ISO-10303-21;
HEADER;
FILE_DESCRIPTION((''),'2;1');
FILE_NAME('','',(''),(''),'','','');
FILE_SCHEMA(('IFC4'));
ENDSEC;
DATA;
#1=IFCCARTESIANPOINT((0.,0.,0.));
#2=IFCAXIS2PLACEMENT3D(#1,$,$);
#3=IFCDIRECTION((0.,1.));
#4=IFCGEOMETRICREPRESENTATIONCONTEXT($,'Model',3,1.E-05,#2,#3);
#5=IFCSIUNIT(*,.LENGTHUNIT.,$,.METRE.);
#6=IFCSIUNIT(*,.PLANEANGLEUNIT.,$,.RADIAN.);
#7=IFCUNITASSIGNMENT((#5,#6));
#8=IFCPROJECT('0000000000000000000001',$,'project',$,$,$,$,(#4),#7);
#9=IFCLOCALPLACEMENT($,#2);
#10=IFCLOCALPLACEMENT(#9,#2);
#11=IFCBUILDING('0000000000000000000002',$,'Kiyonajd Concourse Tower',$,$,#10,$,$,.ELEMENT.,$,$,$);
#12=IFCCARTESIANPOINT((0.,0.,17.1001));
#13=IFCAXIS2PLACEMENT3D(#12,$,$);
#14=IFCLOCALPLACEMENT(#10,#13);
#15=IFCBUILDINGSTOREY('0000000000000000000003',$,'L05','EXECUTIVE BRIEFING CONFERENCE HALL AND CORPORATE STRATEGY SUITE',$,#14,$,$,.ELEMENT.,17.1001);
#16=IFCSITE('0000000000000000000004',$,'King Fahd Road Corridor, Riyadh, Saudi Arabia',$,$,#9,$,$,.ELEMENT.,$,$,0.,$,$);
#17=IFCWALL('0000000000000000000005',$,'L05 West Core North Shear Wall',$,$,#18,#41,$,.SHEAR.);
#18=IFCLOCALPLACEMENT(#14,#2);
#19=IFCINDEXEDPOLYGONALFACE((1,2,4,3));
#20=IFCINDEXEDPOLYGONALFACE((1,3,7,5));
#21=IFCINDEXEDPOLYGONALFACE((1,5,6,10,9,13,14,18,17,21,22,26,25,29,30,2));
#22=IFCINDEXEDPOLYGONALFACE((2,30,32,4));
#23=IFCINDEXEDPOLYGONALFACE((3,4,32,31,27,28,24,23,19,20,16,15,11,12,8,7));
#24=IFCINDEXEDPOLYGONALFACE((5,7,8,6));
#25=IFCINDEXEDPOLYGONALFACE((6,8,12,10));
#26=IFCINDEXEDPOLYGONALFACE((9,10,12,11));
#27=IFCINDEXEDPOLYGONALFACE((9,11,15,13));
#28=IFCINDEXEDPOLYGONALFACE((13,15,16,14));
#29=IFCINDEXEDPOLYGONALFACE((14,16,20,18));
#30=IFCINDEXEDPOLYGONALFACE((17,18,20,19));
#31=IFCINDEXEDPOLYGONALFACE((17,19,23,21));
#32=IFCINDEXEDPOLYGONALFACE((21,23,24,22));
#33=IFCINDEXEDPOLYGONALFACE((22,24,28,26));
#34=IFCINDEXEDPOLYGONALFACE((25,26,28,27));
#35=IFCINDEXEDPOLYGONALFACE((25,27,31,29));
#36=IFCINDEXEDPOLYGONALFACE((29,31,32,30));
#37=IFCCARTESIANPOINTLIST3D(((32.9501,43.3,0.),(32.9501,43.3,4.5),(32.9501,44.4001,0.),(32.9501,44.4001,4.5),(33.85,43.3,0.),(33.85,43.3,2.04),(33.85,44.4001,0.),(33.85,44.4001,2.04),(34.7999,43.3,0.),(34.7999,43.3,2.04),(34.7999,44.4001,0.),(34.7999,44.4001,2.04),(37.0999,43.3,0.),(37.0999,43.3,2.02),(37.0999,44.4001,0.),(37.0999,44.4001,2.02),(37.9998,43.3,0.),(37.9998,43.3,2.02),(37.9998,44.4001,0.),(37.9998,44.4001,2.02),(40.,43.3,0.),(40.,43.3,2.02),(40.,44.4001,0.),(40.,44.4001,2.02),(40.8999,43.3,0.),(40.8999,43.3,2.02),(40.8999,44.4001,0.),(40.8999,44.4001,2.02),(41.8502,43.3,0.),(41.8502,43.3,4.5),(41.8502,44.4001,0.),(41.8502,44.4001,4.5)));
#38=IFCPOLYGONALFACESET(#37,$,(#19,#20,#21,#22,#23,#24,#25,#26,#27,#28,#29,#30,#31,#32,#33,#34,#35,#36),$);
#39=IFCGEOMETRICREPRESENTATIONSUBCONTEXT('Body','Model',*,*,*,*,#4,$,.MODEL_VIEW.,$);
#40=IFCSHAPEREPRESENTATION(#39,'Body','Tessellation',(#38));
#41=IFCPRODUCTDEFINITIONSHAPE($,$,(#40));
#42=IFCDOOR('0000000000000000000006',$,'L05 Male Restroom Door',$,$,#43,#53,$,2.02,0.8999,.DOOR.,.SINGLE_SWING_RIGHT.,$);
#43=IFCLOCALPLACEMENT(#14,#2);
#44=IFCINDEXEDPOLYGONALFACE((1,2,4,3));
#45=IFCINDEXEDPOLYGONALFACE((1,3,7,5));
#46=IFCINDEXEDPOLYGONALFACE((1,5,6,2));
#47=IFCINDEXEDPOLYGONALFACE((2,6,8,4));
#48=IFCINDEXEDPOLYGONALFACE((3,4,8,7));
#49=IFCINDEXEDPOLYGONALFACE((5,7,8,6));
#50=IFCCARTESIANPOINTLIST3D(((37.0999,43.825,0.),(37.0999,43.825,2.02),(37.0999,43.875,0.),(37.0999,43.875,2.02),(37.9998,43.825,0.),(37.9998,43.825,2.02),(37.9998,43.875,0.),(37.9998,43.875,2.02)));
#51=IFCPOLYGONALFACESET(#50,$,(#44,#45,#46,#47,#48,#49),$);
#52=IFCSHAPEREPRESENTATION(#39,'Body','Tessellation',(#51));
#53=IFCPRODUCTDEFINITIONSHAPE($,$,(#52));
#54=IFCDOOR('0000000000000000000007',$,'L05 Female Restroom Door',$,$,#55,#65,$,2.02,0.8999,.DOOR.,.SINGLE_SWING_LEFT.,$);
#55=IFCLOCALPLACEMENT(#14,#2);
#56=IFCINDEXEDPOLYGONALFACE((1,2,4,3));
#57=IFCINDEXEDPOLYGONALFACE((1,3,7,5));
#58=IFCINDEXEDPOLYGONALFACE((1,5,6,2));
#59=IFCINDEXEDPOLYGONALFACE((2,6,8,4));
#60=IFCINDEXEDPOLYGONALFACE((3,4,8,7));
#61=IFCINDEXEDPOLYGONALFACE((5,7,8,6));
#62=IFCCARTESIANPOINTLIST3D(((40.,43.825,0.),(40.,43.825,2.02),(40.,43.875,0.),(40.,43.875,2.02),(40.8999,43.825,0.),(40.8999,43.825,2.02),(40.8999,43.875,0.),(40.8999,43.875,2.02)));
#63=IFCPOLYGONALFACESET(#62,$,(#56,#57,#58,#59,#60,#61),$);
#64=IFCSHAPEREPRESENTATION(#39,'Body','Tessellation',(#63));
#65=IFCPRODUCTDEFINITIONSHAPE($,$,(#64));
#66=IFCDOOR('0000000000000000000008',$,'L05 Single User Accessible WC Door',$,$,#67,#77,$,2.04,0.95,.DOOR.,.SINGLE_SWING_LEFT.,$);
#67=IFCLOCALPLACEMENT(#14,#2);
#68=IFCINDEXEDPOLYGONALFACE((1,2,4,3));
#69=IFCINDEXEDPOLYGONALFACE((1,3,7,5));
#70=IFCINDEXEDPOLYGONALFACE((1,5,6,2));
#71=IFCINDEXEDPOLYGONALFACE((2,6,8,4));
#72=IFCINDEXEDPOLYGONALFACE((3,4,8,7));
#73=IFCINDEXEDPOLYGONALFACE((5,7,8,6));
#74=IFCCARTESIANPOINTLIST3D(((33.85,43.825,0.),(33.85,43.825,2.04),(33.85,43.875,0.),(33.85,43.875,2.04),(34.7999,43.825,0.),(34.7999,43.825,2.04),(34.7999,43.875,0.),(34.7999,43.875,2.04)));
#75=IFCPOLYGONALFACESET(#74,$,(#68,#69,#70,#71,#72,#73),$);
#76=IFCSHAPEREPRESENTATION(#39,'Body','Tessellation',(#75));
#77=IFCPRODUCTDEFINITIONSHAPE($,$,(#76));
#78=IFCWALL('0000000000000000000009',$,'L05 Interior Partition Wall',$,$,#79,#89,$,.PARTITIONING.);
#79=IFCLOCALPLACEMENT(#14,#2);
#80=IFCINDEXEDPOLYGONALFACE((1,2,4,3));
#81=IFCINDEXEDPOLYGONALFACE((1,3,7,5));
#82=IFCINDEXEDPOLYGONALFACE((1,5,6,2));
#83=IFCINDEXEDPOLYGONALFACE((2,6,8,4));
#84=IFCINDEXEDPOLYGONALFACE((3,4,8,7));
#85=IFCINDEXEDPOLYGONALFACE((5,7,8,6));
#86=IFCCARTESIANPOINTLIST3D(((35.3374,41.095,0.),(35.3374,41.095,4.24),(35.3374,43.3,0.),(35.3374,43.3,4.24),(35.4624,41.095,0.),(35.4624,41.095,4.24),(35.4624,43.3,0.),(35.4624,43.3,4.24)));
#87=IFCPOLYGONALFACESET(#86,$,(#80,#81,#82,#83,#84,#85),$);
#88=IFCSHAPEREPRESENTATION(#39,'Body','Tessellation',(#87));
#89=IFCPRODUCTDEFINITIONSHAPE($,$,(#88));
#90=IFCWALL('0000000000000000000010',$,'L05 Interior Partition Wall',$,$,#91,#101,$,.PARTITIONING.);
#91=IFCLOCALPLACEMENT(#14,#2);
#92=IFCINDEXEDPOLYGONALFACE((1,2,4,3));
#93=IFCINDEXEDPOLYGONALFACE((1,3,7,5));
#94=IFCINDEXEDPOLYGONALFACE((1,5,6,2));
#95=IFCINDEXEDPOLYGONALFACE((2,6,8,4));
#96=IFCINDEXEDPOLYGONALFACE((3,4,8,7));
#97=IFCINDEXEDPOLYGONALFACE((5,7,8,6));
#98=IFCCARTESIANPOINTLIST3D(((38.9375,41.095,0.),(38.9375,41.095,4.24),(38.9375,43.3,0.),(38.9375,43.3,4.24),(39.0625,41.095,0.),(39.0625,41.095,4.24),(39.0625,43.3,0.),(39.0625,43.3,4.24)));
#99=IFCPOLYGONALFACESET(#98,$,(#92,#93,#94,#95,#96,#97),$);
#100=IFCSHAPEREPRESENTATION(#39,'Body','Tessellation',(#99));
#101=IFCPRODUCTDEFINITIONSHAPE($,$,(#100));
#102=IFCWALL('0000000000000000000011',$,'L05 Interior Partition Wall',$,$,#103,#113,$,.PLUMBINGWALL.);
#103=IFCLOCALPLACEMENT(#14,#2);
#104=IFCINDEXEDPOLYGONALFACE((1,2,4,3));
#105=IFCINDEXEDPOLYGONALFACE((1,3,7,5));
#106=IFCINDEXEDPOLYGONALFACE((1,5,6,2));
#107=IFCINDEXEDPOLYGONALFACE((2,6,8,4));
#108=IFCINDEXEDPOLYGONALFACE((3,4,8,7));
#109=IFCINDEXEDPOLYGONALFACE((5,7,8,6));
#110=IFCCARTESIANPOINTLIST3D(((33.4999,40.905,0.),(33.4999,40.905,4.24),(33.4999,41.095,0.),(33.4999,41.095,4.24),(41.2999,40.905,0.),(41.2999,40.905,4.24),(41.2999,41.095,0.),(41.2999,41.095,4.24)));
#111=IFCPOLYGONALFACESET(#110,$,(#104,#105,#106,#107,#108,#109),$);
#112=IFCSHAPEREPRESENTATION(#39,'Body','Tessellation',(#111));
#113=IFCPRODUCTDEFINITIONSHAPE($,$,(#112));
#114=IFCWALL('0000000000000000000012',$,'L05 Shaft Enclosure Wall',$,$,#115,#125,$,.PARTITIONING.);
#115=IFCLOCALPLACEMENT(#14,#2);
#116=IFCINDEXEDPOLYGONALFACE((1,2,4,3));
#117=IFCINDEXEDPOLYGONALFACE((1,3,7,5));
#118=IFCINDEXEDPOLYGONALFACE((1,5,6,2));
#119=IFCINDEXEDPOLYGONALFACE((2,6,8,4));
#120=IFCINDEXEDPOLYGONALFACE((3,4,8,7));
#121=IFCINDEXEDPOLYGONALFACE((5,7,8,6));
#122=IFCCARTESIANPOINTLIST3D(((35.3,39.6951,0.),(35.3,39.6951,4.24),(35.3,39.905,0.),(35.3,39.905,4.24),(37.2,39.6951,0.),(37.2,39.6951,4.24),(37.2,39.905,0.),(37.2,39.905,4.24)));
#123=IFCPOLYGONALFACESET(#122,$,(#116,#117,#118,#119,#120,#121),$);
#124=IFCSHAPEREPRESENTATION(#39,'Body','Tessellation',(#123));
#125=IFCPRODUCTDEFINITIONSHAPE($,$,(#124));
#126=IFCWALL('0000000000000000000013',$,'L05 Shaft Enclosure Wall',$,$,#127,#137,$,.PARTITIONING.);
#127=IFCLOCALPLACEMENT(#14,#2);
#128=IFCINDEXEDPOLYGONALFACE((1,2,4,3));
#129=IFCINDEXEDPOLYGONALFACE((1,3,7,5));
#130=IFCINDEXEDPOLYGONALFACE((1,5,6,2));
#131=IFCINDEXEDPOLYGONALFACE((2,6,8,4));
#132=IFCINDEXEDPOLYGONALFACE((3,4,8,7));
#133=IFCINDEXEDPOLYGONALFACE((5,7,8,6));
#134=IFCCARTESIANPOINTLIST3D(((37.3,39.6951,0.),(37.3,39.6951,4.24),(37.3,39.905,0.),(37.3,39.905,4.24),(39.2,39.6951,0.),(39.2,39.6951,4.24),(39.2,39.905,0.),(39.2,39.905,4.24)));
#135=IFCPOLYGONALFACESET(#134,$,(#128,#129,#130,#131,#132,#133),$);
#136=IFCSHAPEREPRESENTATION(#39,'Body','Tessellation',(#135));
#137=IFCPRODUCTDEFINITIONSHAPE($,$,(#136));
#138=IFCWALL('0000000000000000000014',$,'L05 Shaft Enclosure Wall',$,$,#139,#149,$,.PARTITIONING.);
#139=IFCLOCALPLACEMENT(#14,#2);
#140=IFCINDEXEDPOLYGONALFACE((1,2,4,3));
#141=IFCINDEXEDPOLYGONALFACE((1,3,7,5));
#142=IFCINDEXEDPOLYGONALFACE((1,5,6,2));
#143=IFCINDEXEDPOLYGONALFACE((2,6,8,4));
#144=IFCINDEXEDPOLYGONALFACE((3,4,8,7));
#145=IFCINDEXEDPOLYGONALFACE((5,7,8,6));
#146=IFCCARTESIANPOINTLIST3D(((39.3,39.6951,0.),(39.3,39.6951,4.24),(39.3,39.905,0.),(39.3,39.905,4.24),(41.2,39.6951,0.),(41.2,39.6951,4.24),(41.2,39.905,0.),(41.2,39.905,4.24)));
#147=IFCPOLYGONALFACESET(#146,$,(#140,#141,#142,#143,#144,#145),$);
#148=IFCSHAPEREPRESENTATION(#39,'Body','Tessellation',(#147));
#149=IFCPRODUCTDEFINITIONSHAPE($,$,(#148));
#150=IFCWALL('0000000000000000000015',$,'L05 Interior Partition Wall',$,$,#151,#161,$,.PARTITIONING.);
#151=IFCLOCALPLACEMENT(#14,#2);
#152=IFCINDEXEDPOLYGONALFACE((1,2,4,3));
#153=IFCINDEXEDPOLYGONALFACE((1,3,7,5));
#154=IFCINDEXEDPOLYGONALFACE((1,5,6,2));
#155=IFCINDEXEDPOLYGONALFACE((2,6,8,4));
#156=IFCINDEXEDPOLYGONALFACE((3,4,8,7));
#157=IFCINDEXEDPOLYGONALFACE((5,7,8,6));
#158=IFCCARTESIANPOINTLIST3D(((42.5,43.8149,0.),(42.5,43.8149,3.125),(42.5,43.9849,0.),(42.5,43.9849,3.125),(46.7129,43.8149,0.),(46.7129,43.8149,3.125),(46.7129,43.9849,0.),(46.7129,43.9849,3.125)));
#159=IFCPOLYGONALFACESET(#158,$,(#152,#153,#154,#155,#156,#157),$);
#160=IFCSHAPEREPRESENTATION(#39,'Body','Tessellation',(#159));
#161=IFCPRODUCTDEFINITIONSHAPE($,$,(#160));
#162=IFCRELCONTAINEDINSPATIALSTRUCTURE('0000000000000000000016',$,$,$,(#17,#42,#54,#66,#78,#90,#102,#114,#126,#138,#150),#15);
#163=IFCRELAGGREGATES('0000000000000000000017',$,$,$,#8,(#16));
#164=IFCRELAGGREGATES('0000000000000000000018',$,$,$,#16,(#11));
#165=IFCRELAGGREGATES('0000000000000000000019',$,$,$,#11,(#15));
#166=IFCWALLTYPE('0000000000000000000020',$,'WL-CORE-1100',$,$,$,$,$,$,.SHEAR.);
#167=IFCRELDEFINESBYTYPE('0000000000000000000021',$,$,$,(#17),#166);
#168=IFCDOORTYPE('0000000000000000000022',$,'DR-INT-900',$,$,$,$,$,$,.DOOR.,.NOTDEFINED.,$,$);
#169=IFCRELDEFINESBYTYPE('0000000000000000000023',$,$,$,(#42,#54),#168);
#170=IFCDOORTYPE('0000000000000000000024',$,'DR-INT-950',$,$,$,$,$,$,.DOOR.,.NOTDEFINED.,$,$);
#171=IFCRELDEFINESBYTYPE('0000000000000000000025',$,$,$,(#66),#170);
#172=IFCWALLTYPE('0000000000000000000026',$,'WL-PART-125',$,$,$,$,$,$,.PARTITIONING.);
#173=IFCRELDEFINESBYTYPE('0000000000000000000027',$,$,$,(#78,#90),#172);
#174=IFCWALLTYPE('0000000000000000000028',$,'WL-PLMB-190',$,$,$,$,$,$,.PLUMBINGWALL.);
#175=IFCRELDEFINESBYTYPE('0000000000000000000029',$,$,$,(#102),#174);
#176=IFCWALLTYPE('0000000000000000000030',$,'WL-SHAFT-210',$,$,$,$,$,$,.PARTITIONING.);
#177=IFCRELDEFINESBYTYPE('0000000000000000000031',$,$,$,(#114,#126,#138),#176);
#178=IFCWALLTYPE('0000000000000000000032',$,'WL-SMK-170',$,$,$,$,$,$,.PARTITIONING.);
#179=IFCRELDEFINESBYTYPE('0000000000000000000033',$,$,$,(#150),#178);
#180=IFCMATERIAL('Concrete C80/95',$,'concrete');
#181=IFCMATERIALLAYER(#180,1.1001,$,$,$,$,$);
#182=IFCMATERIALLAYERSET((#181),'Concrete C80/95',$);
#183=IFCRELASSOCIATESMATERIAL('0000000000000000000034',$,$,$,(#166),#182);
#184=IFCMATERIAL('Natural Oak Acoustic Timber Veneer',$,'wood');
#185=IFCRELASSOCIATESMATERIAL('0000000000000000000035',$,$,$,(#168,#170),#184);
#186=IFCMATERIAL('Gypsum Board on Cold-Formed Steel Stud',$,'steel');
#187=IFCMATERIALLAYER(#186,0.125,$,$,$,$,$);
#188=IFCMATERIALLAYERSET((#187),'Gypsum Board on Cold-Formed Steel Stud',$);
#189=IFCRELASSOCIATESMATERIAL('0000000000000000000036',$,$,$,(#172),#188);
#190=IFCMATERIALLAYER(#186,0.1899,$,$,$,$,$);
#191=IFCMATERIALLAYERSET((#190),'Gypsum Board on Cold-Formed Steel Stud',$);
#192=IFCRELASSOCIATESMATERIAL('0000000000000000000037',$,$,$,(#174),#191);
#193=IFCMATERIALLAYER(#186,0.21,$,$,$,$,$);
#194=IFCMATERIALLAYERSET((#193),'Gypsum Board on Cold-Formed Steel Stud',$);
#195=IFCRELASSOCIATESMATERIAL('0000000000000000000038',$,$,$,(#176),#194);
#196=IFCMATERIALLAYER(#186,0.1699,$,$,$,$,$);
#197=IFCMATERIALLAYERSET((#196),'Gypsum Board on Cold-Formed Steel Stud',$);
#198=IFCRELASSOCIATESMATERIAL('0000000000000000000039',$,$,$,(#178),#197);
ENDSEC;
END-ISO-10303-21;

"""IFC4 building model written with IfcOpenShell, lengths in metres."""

from ifc_helpers import new_model, si_unit, direction, frame, frame_2d, origin, place, context, subcontext, project, spatial, rectangle, extrude, material, layer, layer_set, type_object, element, fill, save


model = new_model("IFC4")

# Units and contexts
model_context = context("Model", 3, precision=1e-05, world=origin(), true_north=direction((0.0, 1.0)))
body_context = subcontext(model_context, "Body", "Model", "MODEL_VIEW")
ifc_project = project(units=[si_unit("LENGTHUNIT", "METRE"), si_unit("PLANEANGLEUNIT", "RADIAN")], contexts=[model_context])

# Site, building, storey
site_placement = place(None, origin())
site = spatial("IfcSite", under=ifc_project, at=site_placement, Name="King Fahd Road Corridor, Riyadh, Saudi Arabia", CompositionType="ELEMENT", RefElevation=0.0)
building_placement = place(site_placement, origin())
building = spatial("IfcBuilding", under=site, at=building_placement, Name="Kiyonajd Concourse Tower", CompositionType="ELEMENT")
storey_placement = place(building_placement, frame((0.0, 0.0, 17.1001)))
storey = spatial("IfcBuildingStorey", under=building, at=storey_placement, Name="L05", Description="EXECUTIVE BRIEFING CONFERENCE HALL AND CORPORATE STRATEGY SUITE", CompositionType="ELEMENT", Elevation=17.1001)

# Shared definitions
ifc_material_1 = material(Name="Concrete C80/95", Category="concrete")

# Wall, openings, doors
ifc_layer_1 = layer(ifc_material_1, 1.1001)
ifc_layer_set_1 = layer_set([ifc_layer_1], Name="Concrete C80/95")
wall_type_1 = type_object("IfcWallType", Name="WL-CORE-1100", PredefinedType="SHEAR", material=ifc_layer_set_1)
wall_1_placement = place(storey_placement, frame((32.95, 43.8501, 0.0), z_axis=(0.0, 0.0, 1.0), x_axis=(1.0, 0.0, 0.0)))
wall_1 = element("IfcWall", 1, at=wall_1_placement, inside=storey, type_object=wall_type_1, Name="L05 West Core North Shear Wall", PredefinedType="SHEAR", context=body_context, shape_type="SweptSolid", body=[
    extrude(rectangle(XDim=8.9001, YDim=1.1001, at=frame_2d((4.4502, 0.0))), origin(), (0.0, 0.0, 1.0), 4.5),
])
opening_1_placement = place(wall_1_placement, frame((0.8999, 0.0, 0.0)))
opening_1 = element("IfcOpeningElement", 2, at=opening_1_placement, cuts=wall_1, PredefinedType="OPENING", context=body_context, shape_type="SweptSolid", body=[
    extrude(rectangle(XDim=0.95, YDim=2.04, at=frame_2d((0.4751, 1.02))), frame((0.0, 0.5601, 0.0), z_axis=(0.0, -1.0, 0.0), x_axis=(1.0, 0.0, 0.0)), (0.0, 0.0, 1.0), 1.1201),
])
opening_2_placement = place(wall_1_placement, frame((4.1499, 0.0, 0.0)))
opening_2 = element("IfcOpeningElement", 3, at=opening_2_placement, cuts=wall_1, PredefinedType="OPENING", context=body_context, shape_type="SweptSolid", body=[
    extrude(rectangle(XDim=0.8999, YDim=2.02, at=frame_2d((0.45, 1.01))), frame((0.0, 0.5601, 0.0), z_axis=(0.0, -1.0, 0.0), x_axis=(1.0, 0.0, 0.0)), (0.0, 0.0, 1.0), 1.1201),
])
opening_3_placement = place(wall_1_placement, frame((7.05, 0.0, 0.0)))
opening_3 = element("IfcOpeningElement", 4, at=opening_3_placement, cuts=wall_1, PredefinedType="OPENING", context=body_context, shape_type="SweptSolid", body=[
    extrude(rectangle(XDim=0.8999, YDim=2.02, at=frame_2d((0.45, 1.01))), frame((0.0, 0.5601, 0.0), z_axis=(0.0, -1.0, 0.0), x_axis=(1.0, 0.0, 0.0)), (0.0, 0.0, 1.0), 1.1201),
])
ifc_material_2 = material(Name="Natural Oak Acoustic Timber Veneer", Category="wood")
door_type_1 = type_object("IfcDoorType", Name="DR-INT-900", OperationType="NOTDEFINED", PredefinedType="DOOR", material=ifc_material_2)
door_1_placement = place(opening_2_placement, origin())
door_1 = element("IfcDoor", 5, at=door_1_placement, inside=storey, type_object=door_type_1, Name="L05 Male Restroom Door", OperationType="SINGLE_SWING_RIGHT", OverallHeight=2.02, OverallWidth=0.8999, PredefinedType="DOOR", context=body_context, shape_type="SweptSolid", body=[
    extrude(rectangle(XDim=0.8999, YDim=2.02, at=frame_2d((0.45, 1.01))), frame((0.0, 0.0249, 0.0), z_axis=(0.0, -1.0, 0.0), x_axis=(1.0, 0.0, 0.0)), (0.0, 0.0, 1.0), 0.05),
])
fill(opening_2, door_1)
door_2_placement = place(opening_3_placement, origin())
door_2 = element("IfcDoor", 6, at=door_2_placement, inside=storey, type_object=door_type_1, Name="L05 Female Restroom Door", OperationType="SINGLE_SWING_LEFT", OverallHeight=2.02, OverallWidth=0.8999, PredefinedType="DOOR", context=body_context, shape_type="SweptSolid", body=[
    extrude(rectangle(XDim=0.8999, YDim=2.02, at=frame_2d((0.45, 1.01))), frame((0.0, 0.0249, 0.0), z_axis=(0.0, -1.0, 0.0), x_axis=(1.0, 0.0, 0.0)), (0.0, 0.0, 1.0), 0.05),
])
fill(opening_3, door_2)
door_type_2 = type_object("IfcDoorType", Name="DR-INT-950", OperationType="NOTDEFINED", PredefinedType="DOOR", material=ifc_material_2)
door_3_placement = place(opening_1_placement, origin())
door_3 = element("IfcDoor", 7, at=door_3_placement, inside=storey, type_object=door_type_2, Name="L05 Single User Accessible WC Door", OperationType="SINGLE_SWING_LEFT", OverallHeight=2.04, OverallWidth=0.95, PredefinedType="DOOR", context=body_context, shape_type="SweptSolid", body=[
    extrude(rectangle(XDim=0.95, YDim=2.04, at=frame_2d((0.4751, 1.02))), frame((0.0, 0.0249, 0.0), z_axis=(0.0, -1.0, 0.0), x_axis=(1.0, 0.0, 0.0)), (0.0, 0.0, 1.0), 0.05),
])
fill(opening_1, door_3)

# Walls
ifc_material_3 = material(Name="Gypsum Board on Cold-Formed Steel Stud", Category="steel")
ifc_layer_2 = layer(ifc_material_3, 0.125)
ifc_layer_set_2 = layer_set([ifc_layer_2], Name="Gypsum Board on Cold-Formed Steel Stud")
wall_type_2 = type_object("IfcWallType", Name="WL-PART-125", PredefinedType="PARTITIONING", material=ifc_layer_set_2)
for number, where, z_axis, x_axis, name in (
    (8, (35.3999, 41.095, 0.0), (0.0, 0.0, 1.0), (0.0, 1.0, 0.0), "L05 Interior Partition Wall"),
    (9, (39.0, 41.095, 0.0), (0.0, 0.0, 1.0), (0.0, 1.0, 0.0), "L05 Interior Partition Wall"),
):
    element("IfcWall", number, at=place(storey_placement, frame(where, z_axis=z_axis, x_axis=x_axis)), inside=storey, type_object=wall_type_2, Name=name, PredefinedType="PARTITIONING", context=body_context, shape_type="SweptSolid", body=[
        extrude(rectangle(XDim=2.2051, YDim=0.125, at=frame_2d((1.1025, 0.0))), origin(), (0.0, 0.0, 1.0), 4.24),
    ])
ifc_layer_3 = layer(ifc_material_3, 0.1899)
ifc_layer_set_3 = layer_set([ifc_layer_3], Name="Gypsum Board on Cold-Formed Steel Stud")
wall_type_3 = type_object("IfcWallType", Name="WL-PLMB-190", PredefinedType="PLUMBINGWALL", material=ifc_layer_set_3)
wall_2_placement = place(storey_placement, frame((33.5, 41.0, 0.0), z_axis=(0.0, 0.0, 1.0), x_axis=(1.0, 0.0, 0.0)))
element("IfcWall", 10, at=wall_2_placement, inside=storey, type_object=wall_type_3, Name="L05 Interior Partition Wall", PredefinedType="PLUMBINGWALL", context=body_context, shape_type="SweptSolid", body=[
    extrude(rectangle(XDim=7.8, YDim=0.1899, at=frame_2d((3.8999, 0.0))), origin(), (0.0, 0.0, 1.0), 4.24),
])
ifc_layer_4 = layer(ifc_material_3, 0.21)
ifc_layer_set_4 = layer_set([ifc_layer_4], Name="Gypsum Board on Cold-Formed Steel Stud")
wall_type_4 = type_object("IfcWallType", Name="WL-SHAFT-210", PredefinedType="PARTITIONING", material=ifc_layer_set_4)
for number, where, z_axis, x_axis, name in (
    (11, (35.3, 39.8, 0.0), (0.0, 0.0, 1.0), (1.0, 0.0, 0.0), "L05 Shaft Enclosure Wall"),
    (12, (37.3, 39.8, 0.0), (0.0, 0.0, 1.0), (1.0, 0.0, 0.0), "L05 Shaft Enclosure Wall"),
    (13, (39.3, 39.8, 0.0), (0.0, 0.0, 1.0), (1.0, 0.0, 0.0), "L05 Shaft Enclosure Wall"),
):
    element("IfcWall", number, at=place(storey_placement, frame(where, z_axis=z_axis, x_axis=x_axis)), inside=storey, type_object=wall_type_4, Name=name, PredefinedType="PARTITIONING", context=body_context, shape_type="SweptSolid", body=[
        extrude(rectangle(XDim=1.8999, YDim=0.21, at=frame_2d((0.95, 0.0))), origin(), (0.0, 0.0, 1.0), 4.24),
    ])
ifc_layer_5 = layer(ifc_material_3, 0.1699)
ifc_layer_set_5 = layer_set([ifc_layer_5], Name="Gypsum Board on Cold-Formed Steel Stud")
wall_type_5 = type_object("IfcWallType", Name="WL-SMK-170", PredefinedType="PARTITIONING", material=ifc_layer_set_5)
wall_3_placement = place(storey_placement, frame((42.5, 43.8999, 0.0), z_axis=(0.0, 0.0, 1.0), x_axis=(1.0, 0.0, 0.0)))
element("IfcWall", 14, at=wall_3_placement, inside=storey, type_object=wall_type_5, Name="L05 Interior Partition Wall", PredefinedType="PARTITIONING", context=body_context, shape_type="SweptSolid", body=[
    extrude(rectangle(XDim=4.2129, YDim=0.1699, at=frame_2d((2.1064, 0.0))), origin(), (0.0, 0.0, 1.0), 3.125),
])

save(model, "model.ifc")
